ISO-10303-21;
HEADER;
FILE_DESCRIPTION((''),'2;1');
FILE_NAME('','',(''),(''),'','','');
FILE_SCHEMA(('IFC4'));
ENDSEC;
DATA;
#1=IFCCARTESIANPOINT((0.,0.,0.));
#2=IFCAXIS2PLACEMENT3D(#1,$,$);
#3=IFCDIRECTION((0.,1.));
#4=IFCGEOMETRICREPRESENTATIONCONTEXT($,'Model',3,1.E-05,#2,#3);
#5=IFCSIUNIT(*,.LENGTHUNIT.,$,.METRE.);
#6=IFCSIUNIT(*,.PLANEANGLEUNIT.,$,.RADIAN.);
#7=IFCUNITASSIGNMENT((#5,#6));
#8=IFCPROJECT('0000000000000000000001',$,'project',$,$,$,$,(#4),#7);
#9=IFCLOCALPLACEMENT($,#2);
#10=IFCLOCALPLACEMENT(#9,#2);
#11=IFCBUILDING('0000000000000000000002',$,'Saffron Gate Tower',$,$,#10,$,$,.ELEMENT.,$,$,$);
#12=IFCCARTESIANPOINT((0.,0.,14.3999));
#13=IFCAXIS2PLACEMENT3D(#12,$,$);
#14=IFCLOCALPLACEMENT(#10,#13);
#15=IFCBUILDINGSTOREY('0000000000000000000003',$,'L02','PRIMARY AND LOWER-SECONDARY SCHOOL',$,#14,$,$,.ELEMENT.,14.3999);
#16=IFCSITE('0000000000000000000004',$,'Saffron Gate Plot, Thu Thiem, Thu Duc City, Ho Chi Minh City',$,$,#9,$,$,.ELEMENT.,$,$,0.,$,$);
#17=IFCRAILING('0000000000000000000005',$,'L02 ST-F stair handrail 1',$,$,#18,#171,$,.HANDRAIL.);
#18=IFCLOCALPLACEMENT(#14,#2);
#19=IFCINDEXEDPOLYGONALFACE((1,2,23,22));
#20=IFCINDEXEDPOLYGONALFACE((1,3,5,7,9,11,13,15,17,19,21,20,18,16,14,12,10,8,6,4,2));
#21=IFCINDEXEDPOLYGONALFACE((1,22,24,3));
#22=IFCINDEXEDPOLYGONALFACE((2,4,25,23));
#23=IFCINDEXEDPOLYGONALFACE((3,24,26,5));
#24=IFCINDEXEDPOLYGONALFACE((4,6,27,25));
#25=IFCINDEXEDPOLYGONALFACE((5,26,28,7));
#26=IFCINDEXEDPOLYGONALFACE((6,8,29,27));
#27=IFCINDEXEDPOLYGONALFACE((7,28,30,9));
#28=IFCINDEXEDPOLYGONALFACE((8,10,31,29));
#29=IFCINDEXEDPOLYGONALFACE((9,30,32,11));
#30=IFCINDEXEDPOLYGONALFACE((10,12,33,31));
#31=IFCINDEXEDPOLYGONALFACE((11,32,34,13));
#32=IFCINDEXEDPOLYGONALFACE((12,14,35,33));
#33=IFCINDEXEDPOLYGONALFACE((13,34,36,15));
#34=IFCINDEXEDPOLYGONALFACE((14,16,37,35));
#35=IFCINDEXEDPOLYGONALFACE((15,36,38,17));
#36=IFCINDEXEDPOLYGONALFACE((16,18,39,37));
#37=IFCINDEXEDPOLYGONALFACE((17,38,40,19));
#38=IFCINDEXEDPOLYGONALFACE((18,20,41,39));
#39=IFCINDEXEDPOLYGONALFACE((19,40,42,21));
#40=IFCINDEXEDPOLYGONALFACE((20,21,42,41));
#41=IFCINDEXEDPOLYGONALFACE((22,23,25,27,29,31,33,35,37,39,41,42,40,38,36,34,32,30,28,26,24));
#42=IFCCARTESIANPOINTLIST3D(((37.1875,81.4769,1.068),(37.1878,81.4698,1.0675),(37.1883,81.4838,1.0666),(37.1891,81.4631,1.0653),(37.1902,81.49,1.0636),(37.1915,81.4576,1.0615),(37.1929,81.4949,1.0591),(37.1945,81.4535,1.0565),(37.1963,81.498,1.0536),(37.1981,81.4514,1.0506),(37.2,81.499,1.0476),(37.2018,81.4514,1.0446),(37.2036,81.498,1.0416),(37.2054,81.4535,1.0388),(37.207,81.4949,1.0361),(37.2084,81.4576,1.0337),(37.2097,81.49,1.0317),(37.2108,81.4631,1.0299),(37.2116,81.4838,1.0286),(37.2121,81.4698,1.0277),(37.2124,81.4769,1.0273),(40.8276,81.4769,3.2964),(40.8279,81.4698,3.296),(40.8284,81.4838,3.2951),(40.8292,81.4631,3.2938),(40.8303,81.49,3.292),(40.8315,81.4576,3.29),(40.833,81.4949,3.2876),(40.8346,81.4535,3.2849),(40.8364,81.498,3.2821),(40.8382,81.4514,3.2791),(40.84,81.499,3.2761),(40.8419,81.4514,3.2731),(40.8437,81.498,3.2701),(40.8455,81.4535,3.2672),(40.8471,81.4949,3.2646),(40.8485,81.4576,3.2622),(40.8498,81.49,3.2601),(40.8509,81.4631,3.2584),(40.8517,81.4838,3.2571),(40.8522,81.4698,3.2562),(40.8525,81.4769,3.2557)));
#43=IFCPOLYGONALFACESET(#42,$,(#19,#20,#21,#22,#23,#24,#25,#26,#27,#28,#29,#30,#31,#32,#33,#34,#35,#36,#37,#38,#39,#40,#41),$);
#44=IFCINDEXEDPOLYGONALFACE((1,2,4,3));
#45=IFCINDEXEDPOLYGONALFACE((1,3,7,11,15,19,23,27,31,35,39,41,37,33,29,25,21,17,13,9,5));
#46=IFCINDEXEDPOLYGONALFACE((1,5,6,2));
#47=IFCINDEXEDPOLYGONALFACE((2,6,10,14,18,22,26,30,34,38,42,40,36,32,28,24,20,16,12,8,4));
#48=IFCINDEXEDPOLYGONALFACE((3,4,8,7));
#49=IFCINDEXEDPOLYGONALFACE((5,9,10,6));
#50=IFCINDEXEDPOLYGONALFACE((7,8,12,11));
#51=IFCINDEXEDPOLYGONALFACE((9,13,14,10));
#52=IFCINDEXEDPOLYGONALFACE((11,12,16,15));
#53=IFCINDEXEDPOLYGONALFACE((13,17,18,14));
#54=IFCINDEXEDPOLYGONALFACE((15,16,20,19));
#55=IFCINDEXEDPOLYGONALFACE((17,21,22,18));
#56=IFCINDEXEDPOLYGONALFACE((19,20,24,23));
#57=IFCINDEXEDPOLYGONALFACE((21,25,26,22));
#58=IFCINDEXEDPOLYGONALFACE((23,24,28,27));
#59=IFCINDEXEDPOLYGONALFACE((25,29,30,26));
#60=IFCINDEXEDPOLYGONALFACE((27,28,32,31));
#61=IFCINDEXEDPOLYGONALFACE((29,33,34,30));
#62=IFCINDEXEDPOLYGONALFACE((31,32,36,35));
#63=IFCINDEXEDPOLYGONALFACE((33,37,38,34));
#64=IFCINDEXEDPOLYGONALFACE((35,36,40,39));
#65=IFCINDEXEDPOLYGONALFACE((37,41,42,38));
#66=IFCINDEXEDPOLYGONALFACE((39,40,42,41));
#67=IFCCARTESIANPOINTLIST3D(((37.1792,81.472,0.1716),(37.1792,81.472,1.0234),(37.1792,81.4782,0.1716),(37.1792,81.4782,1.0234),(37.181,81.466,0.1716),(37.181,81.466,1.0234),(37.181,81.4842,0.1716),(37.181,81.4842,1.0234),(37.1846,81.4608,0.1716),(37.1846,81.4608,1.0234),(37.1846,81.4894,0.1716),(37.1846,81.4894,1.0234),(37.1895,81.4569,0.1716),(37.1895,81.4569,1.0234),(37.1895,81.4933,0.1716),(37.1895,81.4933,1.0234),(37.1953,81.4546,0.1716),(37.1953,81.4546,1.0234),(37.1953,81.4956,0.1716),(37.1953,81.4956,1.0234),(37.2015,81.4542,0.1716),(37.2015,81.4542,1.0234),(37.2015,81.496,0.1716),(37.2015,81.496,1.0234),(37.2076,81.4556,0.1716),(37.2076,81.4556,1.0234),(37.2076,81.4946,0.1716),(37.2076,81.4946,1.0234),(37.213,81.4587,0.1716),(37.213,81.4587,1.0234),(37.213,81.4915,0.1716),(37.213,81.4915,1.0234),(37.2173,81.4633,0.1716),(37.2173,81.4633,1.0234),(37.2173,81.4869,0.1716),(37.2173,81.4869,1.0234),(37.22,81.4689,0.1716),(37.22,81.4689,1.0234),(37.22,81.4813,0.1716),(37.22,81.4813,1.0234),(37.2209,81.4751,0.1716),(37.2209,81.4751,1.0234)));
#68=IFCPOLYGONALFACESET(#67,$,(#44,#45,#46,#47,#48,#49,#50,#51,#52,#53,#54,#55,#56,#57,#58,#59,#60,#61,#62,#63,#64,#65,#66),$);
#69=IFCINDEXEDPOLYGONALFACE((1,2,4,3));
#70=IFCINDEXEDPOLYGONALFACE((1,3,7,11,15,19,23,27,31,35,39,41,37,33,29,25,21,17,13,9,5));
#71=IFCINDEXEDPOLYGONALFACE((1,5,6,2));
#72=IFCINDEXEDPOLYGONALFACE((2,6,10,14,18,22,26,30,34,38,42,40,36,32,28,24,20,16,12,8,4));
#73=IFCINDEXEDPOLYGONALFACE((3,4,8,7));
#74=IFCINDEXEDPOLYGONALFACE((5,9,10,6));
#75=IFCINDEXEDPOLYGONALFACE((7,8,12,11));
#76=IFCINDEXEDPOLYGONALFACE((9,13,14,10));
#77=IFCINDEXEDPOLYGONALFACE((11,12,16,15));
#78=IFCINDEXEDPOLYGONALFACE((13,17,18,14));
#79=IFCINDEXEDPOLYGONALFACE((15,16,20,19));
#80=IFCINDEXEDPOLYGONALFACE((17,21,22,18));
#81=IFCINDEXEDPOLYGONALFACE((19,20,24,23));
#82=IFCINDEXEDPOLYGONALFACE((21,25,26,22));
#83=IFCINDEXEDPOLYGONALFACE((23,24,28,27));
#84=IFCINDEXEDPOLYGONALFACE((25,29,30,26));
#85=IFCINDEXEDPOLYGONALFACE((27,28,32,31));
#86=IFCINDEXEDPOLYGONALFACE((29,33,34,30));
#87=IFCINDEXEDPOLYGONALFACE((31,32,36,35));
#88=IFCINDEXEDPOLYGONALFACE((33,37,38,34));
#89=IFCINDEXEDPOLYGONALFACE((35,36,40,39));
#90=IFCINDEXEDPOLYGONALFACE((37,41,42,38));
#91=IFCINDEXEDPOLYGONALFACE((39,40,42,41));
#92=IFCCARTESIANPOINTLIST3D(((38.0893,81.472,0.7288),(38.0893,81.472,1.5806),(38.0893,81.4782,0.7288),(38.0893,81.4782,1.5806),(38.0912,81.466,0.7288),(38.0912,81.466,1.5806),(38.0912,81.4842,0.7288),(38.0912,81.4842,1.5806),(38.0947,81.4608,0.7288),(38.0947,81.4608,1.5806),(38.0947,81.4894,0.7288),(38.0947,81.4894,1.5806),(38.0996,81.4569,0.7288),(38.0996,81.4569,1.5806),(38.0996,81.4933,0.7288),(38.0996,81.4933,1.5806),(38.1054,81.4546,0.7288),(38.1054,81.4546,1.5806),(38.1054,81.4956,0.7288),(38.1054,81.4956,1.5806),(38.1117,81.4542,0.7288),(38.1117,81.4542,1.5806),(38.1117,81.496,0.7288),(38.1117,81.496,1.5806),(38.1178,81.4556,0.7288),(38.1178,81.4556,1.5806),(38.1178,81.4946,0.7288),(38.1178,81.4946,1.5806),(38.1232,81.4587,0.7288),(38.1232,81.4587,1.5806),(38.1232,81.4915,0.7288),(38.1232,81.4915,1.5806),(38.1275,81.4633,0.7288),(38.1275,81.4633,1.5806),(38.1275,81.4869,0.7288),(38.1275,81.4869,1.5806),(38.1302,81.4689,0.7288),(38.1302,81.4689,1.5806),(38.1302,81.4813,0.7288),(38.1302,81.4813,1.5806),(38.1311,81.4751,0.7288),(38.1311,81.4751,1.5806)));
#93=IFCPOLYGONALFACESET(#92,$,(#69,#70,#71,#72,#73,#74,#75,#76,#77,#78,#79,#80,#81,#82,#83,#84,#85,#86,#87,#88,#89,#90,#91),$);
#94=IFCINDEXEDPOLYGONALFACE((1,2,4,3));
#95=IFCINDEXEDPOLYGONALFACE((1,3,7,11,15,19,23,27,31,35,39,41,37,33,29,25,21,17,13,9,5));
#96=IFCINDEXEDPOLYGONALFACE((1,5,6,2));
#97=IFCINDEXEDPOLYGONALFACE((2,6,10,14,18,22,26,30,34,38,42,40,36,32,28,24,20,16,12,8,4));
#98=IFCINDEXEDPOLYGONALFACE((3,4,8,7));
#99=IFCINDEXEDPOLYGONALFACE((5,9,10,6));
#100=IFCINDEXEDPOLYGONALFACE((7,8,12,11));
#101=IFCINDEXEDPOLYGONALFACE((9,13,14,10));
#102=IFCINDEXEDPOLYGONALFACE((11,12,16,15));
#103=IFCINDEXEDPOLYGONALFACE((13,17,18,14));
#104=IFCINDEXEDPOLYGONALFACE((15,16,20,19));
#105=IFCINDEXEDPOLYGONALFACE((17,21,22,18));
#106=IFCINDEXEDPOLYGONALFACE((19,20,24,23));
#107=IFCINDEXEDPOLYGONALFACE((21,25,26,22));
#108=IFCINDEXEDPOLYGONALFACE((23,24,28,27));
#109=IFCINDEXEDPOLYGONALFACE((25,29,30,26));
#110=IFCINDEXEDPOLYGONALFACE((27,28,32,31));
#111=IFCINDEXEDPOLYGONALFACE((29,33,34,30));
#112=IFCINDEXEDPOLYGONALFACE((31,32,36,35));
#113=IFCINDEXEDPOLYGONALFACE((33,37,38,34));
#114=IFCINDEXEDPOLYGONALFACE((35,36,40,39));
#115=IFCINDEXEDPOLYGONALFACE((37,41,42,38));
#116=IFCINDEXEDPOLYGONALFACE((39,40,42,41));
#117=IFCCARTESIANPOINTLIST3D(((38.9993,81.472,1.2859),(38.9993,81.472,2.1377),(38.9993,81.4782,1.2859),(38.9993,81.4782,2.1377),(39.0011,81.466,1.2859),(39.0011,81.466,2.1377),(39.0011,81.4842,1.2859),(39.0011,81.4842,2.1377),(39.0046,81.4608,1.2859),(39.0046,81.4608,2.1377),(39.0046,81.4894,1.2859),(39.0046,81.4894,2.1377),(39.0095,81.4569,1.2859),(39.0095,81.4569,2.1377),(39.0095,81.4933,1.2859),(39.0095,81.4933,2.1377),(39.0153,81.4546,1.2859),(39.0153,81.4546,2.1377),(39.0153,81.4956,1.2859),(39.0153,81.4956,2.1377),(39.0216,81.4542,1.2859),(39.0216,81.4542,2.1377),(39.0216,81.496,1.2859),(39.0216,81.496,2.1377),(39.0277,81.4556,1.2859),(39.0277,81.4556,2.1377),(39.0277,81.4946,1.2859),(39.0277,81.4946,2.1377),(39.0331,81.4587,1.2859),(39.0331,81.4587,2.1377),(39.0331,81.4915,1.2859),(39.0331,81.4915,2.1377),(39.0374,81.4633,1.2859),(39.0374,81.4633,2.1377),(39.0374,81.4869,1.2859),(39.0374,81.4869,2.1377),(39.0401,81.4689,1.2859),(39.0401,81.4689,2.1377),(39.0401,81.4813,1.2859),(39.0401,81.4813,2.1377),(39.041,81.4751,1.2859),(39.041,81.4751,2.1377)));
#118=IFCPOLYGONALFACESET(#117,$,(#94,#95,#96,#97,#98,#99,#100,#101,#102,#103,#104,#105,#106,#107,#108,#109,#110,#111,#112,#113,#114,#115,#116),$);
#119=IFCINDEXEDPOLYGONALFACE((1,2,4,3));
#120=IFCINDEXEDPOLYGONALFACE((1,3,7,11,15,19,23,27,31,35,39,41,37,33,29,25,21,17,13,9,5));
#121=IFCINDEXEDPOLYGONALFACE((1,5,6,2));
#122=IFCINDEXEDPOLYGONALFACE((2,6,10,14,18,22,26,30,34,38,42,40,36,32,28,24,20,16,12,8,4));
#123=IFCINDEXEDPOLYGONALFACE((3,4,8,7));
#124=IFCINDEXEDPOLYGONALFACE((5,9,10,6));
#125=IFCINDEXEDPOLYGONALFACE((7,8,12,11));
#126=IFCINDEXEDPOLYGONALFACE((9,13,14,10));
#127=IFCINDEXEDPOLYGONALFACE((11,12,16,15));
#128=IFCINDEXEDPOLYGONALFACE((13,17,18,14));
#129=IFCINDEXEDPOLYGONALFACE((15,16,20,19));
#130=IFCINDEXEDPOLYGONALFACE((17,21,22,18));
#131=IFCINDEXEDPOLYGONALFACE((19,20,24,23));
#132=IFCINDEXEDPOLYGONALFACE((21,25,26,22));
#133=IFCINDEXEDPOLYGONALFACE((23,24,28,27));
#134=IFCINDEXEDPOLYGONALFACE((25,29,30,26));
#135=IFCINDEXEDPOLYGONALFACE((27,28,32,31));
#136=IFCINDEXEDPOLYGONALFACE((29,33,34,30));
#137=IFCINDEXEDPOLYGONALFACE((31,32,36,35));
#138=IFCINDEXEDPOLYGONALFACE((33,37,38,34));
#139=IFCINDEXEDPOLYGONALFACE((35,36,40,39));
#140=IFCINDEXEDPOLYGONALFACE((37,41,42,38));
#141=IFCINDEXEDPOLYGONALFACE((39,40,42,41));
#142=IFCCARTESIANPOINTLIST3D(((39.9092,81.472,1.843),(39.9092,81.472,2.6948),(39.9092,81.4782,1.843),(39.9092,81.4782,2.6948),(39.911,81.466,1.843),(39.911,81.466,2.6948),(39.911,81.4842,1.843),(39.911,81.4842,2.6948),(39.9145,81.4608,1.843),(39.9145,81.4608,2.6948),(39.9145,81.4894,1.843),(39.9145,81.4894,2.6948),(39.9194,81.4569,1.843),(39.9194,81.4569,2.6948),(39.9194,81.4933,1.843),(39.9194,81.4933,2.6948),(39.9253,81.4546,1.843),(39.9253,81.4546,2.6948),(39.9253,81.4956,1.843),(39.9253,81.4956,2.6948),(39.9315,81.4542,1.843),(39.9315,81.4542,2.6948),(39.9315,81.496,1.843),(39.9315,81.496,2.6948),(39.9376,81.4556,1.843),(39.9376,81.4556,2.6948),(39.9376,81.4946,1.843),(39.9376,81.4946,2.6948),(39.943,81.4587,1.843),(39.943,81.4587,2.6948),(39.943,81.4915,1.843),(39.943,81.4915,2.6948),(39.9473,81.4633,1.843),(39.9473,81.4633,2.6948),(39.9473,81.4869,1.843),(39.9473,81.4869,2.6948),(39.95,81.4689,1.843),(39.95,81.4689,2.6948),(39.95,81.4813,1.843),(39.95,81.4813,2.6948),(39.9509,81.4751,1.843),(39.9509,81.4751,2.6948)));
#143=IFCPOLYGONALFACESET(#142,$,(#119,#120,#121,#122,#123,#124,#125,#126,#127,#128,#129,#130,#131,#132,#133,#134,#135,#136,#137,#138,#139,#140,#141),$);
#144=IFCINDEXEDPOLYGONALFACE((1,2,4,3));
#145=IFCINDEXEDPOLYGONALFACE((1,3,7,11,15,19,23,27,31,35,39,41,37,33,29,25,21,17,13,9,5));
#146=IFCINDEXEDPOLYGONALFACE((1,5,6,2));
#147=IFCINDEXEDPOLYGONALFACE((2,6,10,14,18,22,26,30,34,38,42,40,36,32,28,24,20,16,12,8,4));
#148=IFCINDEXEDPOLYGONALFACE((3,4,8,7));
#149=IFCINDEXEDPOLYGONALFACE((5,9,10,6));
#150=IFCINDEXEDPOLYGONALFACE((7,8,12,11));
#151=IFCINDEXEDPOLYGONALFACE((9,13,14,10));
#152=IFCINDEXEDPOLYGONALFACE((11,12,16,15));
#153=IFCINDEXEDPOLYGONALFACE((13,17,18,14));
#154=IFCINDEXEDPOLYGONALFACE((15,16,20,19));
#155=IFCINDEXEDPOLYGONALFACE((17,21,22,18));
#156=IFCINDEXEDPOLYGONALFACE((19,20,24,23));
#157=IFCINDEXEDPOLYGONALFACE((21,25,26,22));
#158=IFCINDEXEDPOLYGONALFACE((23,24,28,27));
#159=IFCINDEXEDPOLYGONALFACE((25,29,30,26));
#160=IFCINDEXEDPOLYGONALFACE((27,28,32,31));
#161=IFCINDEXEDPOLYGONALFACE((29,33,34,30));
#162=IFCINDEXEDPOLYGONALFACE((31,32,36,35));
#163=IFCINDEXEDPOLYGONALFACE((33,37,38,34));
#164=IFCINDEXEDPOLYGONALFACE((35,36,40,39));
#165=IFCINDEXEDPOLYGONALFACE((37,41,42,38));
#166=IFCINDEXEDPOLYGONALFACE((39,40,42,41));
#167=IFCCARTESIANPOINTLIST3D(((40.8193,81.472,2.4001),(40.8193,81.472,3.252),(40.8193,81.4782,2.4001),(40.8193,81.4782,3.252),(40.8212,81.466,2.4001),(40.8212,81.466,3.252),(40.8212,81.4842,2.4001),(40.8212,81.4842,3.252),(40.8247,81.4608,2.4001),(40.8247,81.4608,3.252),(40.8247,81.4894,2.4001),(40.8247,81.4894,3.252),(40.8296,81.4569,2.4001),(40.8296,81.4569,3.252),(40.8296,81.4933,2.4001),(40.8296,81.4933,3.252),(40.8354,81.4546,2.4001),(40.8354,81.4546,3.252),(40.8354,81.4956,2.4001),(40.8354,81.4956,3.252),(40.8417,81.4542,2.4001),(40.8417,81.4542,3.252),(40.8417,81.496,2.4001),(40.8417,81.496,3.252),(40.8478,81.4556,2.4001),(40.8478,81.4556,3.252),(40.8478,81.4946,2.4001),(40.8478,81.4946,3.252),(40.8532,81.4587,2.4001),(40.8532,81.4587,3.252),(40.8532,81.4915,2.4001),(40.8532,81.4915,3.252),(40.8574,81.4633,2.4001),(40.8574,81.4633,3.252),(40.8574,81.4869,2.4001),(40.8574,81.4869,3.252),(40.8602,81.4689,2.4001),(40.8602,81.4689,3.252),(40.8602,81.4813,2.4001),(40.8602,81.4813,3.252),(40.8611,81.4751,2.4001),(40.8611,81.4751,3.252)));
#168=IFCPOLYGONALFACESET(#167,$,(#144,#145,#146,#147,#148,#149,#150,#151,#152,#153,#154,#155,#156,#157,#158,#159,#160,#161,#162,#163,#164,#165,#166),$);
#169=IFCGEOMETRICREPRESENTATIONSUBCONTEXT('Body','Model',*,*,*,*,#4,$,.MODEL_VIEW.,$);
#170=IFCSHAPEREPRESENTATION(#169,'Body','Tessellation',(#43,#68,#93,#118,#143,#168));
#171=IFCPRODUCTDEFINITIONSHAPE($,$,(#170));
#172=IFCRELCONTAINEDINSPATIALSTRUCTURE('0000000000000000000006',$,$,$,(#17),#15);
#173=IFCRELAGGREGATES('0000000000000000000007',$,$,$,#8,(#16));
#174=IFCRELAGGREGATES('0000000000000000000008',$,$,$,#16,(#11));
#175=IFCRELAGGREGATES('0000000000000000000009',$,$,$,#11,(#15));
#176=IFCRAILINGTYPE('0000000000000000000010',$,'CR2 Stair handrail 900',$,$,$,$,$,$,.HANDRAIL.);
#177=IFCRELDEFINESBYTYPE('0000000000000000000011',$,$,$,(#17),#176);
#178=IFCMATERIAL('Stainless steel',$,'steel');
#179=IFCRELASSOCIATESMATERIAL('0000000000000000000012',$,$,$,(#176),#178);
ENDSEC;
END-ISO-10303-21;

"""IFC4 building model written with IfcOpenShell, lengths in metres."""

from ifc_helpers import new_model, si_unit, direction, frame, origin, origin_2d, place, context, subcontext, project, spatial, circle, extrude, material, type_object, element, save


model = new_model("IFC4")

# Units and contexts
model_context = context("Model", 3, precision=1e-05, world=origin(), true_north=direction((0.0, 1.0)))
body_context = subcontext(model_context, "Body", "Model", "MODEL_VIEW")
ifc_project = project(units=[si_unit("LENGTHUNIT", "METRE"), si_unit("PLANEANGLEUNIT", "RADIAN")], contexts=[model_context])

# Site, building, storey
site_placement = place(None, origin())
site = spatial("IfcSite", under=ifc_project, at=site_placement, Name="Saffron Gate Plot, Thu Thiem, Thu Duc City, Ho Chi Minh City", CompositionType="ELEMENT", RefElevation=0.0)
building_placement = place(site_placement, origin())
building = spatial("IfcBuilding", under=site, at=building_placement, Name="Saffron Gate Tower", CompositionType="ELEMENT")
storey_placement = place(building_placement, frame((0.0, 0.0, 14.3999)))
storey = spatial("IfcBuildingStorey", under=building, at=storey_placement, Name="L02", Description="PRIMARY AND LOWER-SECONDARY SCHOOL", CompositionType="ELEMENT", Elevation=14.3999)

# Railing
ifc_material_1 = material(Name="Stainless steel", Category="steel")
railing_type_1 = type_object("IfcRailingType", Name="CR2 Stair handrail 900", PredefinedType="HANDRAIL", material=ifc_material_1)
railing_1_placement = place(storey_placement, frame((37.2, 81.4751, 0.1716)))
element("IfcRailing", 1, at=railing_1_placement, inside=storey, type_object=railing_type_1, Name="L02 ST-F stair handrail 1", PredefinedType="HANDRAIL", context=body_context, shape_type="SweptSolid", body=[
    extrude(circle(Radius=0.0239, at=origin_2d()), frame((0.0, 0.0, 0.876), z_axis=(0.852866, 0.0, 0.52213), x_axis=(0.0, 1.0, 0.0)), (0.0, 0.0, 1.0), 4.2681),
    extrude(circle(Radius=0.021, at=origin_2d()), origin(), (0.0, 0.0, 1.0), 0.8518),
    extrude(circle(Radius=0.021, at=origin_2d()), frame((0.9102, 0.0, 0.5571)), (0.0, 0.0, 1.0), 0.8518),
    extrude(circle(Radius=0.021, at=origin_2d()), frame((1.8201, 0.0, 1.1143)), (0.0, 0.0, 1.0), 0.8518),
    extrude(circle(Radius=0.021, at=origin_2d()), frame((2.73, 0.0, 1.6714)), (0.0, 0.0, 1.0), 0.8518),
    extrude(circle(Radius=0.021, at=origin_2d()), frame((3.6401, 0.0, 2.2285)), (0.0, 0.0, 1.0), 0.8518),
])

save(model, "model.ifc")
